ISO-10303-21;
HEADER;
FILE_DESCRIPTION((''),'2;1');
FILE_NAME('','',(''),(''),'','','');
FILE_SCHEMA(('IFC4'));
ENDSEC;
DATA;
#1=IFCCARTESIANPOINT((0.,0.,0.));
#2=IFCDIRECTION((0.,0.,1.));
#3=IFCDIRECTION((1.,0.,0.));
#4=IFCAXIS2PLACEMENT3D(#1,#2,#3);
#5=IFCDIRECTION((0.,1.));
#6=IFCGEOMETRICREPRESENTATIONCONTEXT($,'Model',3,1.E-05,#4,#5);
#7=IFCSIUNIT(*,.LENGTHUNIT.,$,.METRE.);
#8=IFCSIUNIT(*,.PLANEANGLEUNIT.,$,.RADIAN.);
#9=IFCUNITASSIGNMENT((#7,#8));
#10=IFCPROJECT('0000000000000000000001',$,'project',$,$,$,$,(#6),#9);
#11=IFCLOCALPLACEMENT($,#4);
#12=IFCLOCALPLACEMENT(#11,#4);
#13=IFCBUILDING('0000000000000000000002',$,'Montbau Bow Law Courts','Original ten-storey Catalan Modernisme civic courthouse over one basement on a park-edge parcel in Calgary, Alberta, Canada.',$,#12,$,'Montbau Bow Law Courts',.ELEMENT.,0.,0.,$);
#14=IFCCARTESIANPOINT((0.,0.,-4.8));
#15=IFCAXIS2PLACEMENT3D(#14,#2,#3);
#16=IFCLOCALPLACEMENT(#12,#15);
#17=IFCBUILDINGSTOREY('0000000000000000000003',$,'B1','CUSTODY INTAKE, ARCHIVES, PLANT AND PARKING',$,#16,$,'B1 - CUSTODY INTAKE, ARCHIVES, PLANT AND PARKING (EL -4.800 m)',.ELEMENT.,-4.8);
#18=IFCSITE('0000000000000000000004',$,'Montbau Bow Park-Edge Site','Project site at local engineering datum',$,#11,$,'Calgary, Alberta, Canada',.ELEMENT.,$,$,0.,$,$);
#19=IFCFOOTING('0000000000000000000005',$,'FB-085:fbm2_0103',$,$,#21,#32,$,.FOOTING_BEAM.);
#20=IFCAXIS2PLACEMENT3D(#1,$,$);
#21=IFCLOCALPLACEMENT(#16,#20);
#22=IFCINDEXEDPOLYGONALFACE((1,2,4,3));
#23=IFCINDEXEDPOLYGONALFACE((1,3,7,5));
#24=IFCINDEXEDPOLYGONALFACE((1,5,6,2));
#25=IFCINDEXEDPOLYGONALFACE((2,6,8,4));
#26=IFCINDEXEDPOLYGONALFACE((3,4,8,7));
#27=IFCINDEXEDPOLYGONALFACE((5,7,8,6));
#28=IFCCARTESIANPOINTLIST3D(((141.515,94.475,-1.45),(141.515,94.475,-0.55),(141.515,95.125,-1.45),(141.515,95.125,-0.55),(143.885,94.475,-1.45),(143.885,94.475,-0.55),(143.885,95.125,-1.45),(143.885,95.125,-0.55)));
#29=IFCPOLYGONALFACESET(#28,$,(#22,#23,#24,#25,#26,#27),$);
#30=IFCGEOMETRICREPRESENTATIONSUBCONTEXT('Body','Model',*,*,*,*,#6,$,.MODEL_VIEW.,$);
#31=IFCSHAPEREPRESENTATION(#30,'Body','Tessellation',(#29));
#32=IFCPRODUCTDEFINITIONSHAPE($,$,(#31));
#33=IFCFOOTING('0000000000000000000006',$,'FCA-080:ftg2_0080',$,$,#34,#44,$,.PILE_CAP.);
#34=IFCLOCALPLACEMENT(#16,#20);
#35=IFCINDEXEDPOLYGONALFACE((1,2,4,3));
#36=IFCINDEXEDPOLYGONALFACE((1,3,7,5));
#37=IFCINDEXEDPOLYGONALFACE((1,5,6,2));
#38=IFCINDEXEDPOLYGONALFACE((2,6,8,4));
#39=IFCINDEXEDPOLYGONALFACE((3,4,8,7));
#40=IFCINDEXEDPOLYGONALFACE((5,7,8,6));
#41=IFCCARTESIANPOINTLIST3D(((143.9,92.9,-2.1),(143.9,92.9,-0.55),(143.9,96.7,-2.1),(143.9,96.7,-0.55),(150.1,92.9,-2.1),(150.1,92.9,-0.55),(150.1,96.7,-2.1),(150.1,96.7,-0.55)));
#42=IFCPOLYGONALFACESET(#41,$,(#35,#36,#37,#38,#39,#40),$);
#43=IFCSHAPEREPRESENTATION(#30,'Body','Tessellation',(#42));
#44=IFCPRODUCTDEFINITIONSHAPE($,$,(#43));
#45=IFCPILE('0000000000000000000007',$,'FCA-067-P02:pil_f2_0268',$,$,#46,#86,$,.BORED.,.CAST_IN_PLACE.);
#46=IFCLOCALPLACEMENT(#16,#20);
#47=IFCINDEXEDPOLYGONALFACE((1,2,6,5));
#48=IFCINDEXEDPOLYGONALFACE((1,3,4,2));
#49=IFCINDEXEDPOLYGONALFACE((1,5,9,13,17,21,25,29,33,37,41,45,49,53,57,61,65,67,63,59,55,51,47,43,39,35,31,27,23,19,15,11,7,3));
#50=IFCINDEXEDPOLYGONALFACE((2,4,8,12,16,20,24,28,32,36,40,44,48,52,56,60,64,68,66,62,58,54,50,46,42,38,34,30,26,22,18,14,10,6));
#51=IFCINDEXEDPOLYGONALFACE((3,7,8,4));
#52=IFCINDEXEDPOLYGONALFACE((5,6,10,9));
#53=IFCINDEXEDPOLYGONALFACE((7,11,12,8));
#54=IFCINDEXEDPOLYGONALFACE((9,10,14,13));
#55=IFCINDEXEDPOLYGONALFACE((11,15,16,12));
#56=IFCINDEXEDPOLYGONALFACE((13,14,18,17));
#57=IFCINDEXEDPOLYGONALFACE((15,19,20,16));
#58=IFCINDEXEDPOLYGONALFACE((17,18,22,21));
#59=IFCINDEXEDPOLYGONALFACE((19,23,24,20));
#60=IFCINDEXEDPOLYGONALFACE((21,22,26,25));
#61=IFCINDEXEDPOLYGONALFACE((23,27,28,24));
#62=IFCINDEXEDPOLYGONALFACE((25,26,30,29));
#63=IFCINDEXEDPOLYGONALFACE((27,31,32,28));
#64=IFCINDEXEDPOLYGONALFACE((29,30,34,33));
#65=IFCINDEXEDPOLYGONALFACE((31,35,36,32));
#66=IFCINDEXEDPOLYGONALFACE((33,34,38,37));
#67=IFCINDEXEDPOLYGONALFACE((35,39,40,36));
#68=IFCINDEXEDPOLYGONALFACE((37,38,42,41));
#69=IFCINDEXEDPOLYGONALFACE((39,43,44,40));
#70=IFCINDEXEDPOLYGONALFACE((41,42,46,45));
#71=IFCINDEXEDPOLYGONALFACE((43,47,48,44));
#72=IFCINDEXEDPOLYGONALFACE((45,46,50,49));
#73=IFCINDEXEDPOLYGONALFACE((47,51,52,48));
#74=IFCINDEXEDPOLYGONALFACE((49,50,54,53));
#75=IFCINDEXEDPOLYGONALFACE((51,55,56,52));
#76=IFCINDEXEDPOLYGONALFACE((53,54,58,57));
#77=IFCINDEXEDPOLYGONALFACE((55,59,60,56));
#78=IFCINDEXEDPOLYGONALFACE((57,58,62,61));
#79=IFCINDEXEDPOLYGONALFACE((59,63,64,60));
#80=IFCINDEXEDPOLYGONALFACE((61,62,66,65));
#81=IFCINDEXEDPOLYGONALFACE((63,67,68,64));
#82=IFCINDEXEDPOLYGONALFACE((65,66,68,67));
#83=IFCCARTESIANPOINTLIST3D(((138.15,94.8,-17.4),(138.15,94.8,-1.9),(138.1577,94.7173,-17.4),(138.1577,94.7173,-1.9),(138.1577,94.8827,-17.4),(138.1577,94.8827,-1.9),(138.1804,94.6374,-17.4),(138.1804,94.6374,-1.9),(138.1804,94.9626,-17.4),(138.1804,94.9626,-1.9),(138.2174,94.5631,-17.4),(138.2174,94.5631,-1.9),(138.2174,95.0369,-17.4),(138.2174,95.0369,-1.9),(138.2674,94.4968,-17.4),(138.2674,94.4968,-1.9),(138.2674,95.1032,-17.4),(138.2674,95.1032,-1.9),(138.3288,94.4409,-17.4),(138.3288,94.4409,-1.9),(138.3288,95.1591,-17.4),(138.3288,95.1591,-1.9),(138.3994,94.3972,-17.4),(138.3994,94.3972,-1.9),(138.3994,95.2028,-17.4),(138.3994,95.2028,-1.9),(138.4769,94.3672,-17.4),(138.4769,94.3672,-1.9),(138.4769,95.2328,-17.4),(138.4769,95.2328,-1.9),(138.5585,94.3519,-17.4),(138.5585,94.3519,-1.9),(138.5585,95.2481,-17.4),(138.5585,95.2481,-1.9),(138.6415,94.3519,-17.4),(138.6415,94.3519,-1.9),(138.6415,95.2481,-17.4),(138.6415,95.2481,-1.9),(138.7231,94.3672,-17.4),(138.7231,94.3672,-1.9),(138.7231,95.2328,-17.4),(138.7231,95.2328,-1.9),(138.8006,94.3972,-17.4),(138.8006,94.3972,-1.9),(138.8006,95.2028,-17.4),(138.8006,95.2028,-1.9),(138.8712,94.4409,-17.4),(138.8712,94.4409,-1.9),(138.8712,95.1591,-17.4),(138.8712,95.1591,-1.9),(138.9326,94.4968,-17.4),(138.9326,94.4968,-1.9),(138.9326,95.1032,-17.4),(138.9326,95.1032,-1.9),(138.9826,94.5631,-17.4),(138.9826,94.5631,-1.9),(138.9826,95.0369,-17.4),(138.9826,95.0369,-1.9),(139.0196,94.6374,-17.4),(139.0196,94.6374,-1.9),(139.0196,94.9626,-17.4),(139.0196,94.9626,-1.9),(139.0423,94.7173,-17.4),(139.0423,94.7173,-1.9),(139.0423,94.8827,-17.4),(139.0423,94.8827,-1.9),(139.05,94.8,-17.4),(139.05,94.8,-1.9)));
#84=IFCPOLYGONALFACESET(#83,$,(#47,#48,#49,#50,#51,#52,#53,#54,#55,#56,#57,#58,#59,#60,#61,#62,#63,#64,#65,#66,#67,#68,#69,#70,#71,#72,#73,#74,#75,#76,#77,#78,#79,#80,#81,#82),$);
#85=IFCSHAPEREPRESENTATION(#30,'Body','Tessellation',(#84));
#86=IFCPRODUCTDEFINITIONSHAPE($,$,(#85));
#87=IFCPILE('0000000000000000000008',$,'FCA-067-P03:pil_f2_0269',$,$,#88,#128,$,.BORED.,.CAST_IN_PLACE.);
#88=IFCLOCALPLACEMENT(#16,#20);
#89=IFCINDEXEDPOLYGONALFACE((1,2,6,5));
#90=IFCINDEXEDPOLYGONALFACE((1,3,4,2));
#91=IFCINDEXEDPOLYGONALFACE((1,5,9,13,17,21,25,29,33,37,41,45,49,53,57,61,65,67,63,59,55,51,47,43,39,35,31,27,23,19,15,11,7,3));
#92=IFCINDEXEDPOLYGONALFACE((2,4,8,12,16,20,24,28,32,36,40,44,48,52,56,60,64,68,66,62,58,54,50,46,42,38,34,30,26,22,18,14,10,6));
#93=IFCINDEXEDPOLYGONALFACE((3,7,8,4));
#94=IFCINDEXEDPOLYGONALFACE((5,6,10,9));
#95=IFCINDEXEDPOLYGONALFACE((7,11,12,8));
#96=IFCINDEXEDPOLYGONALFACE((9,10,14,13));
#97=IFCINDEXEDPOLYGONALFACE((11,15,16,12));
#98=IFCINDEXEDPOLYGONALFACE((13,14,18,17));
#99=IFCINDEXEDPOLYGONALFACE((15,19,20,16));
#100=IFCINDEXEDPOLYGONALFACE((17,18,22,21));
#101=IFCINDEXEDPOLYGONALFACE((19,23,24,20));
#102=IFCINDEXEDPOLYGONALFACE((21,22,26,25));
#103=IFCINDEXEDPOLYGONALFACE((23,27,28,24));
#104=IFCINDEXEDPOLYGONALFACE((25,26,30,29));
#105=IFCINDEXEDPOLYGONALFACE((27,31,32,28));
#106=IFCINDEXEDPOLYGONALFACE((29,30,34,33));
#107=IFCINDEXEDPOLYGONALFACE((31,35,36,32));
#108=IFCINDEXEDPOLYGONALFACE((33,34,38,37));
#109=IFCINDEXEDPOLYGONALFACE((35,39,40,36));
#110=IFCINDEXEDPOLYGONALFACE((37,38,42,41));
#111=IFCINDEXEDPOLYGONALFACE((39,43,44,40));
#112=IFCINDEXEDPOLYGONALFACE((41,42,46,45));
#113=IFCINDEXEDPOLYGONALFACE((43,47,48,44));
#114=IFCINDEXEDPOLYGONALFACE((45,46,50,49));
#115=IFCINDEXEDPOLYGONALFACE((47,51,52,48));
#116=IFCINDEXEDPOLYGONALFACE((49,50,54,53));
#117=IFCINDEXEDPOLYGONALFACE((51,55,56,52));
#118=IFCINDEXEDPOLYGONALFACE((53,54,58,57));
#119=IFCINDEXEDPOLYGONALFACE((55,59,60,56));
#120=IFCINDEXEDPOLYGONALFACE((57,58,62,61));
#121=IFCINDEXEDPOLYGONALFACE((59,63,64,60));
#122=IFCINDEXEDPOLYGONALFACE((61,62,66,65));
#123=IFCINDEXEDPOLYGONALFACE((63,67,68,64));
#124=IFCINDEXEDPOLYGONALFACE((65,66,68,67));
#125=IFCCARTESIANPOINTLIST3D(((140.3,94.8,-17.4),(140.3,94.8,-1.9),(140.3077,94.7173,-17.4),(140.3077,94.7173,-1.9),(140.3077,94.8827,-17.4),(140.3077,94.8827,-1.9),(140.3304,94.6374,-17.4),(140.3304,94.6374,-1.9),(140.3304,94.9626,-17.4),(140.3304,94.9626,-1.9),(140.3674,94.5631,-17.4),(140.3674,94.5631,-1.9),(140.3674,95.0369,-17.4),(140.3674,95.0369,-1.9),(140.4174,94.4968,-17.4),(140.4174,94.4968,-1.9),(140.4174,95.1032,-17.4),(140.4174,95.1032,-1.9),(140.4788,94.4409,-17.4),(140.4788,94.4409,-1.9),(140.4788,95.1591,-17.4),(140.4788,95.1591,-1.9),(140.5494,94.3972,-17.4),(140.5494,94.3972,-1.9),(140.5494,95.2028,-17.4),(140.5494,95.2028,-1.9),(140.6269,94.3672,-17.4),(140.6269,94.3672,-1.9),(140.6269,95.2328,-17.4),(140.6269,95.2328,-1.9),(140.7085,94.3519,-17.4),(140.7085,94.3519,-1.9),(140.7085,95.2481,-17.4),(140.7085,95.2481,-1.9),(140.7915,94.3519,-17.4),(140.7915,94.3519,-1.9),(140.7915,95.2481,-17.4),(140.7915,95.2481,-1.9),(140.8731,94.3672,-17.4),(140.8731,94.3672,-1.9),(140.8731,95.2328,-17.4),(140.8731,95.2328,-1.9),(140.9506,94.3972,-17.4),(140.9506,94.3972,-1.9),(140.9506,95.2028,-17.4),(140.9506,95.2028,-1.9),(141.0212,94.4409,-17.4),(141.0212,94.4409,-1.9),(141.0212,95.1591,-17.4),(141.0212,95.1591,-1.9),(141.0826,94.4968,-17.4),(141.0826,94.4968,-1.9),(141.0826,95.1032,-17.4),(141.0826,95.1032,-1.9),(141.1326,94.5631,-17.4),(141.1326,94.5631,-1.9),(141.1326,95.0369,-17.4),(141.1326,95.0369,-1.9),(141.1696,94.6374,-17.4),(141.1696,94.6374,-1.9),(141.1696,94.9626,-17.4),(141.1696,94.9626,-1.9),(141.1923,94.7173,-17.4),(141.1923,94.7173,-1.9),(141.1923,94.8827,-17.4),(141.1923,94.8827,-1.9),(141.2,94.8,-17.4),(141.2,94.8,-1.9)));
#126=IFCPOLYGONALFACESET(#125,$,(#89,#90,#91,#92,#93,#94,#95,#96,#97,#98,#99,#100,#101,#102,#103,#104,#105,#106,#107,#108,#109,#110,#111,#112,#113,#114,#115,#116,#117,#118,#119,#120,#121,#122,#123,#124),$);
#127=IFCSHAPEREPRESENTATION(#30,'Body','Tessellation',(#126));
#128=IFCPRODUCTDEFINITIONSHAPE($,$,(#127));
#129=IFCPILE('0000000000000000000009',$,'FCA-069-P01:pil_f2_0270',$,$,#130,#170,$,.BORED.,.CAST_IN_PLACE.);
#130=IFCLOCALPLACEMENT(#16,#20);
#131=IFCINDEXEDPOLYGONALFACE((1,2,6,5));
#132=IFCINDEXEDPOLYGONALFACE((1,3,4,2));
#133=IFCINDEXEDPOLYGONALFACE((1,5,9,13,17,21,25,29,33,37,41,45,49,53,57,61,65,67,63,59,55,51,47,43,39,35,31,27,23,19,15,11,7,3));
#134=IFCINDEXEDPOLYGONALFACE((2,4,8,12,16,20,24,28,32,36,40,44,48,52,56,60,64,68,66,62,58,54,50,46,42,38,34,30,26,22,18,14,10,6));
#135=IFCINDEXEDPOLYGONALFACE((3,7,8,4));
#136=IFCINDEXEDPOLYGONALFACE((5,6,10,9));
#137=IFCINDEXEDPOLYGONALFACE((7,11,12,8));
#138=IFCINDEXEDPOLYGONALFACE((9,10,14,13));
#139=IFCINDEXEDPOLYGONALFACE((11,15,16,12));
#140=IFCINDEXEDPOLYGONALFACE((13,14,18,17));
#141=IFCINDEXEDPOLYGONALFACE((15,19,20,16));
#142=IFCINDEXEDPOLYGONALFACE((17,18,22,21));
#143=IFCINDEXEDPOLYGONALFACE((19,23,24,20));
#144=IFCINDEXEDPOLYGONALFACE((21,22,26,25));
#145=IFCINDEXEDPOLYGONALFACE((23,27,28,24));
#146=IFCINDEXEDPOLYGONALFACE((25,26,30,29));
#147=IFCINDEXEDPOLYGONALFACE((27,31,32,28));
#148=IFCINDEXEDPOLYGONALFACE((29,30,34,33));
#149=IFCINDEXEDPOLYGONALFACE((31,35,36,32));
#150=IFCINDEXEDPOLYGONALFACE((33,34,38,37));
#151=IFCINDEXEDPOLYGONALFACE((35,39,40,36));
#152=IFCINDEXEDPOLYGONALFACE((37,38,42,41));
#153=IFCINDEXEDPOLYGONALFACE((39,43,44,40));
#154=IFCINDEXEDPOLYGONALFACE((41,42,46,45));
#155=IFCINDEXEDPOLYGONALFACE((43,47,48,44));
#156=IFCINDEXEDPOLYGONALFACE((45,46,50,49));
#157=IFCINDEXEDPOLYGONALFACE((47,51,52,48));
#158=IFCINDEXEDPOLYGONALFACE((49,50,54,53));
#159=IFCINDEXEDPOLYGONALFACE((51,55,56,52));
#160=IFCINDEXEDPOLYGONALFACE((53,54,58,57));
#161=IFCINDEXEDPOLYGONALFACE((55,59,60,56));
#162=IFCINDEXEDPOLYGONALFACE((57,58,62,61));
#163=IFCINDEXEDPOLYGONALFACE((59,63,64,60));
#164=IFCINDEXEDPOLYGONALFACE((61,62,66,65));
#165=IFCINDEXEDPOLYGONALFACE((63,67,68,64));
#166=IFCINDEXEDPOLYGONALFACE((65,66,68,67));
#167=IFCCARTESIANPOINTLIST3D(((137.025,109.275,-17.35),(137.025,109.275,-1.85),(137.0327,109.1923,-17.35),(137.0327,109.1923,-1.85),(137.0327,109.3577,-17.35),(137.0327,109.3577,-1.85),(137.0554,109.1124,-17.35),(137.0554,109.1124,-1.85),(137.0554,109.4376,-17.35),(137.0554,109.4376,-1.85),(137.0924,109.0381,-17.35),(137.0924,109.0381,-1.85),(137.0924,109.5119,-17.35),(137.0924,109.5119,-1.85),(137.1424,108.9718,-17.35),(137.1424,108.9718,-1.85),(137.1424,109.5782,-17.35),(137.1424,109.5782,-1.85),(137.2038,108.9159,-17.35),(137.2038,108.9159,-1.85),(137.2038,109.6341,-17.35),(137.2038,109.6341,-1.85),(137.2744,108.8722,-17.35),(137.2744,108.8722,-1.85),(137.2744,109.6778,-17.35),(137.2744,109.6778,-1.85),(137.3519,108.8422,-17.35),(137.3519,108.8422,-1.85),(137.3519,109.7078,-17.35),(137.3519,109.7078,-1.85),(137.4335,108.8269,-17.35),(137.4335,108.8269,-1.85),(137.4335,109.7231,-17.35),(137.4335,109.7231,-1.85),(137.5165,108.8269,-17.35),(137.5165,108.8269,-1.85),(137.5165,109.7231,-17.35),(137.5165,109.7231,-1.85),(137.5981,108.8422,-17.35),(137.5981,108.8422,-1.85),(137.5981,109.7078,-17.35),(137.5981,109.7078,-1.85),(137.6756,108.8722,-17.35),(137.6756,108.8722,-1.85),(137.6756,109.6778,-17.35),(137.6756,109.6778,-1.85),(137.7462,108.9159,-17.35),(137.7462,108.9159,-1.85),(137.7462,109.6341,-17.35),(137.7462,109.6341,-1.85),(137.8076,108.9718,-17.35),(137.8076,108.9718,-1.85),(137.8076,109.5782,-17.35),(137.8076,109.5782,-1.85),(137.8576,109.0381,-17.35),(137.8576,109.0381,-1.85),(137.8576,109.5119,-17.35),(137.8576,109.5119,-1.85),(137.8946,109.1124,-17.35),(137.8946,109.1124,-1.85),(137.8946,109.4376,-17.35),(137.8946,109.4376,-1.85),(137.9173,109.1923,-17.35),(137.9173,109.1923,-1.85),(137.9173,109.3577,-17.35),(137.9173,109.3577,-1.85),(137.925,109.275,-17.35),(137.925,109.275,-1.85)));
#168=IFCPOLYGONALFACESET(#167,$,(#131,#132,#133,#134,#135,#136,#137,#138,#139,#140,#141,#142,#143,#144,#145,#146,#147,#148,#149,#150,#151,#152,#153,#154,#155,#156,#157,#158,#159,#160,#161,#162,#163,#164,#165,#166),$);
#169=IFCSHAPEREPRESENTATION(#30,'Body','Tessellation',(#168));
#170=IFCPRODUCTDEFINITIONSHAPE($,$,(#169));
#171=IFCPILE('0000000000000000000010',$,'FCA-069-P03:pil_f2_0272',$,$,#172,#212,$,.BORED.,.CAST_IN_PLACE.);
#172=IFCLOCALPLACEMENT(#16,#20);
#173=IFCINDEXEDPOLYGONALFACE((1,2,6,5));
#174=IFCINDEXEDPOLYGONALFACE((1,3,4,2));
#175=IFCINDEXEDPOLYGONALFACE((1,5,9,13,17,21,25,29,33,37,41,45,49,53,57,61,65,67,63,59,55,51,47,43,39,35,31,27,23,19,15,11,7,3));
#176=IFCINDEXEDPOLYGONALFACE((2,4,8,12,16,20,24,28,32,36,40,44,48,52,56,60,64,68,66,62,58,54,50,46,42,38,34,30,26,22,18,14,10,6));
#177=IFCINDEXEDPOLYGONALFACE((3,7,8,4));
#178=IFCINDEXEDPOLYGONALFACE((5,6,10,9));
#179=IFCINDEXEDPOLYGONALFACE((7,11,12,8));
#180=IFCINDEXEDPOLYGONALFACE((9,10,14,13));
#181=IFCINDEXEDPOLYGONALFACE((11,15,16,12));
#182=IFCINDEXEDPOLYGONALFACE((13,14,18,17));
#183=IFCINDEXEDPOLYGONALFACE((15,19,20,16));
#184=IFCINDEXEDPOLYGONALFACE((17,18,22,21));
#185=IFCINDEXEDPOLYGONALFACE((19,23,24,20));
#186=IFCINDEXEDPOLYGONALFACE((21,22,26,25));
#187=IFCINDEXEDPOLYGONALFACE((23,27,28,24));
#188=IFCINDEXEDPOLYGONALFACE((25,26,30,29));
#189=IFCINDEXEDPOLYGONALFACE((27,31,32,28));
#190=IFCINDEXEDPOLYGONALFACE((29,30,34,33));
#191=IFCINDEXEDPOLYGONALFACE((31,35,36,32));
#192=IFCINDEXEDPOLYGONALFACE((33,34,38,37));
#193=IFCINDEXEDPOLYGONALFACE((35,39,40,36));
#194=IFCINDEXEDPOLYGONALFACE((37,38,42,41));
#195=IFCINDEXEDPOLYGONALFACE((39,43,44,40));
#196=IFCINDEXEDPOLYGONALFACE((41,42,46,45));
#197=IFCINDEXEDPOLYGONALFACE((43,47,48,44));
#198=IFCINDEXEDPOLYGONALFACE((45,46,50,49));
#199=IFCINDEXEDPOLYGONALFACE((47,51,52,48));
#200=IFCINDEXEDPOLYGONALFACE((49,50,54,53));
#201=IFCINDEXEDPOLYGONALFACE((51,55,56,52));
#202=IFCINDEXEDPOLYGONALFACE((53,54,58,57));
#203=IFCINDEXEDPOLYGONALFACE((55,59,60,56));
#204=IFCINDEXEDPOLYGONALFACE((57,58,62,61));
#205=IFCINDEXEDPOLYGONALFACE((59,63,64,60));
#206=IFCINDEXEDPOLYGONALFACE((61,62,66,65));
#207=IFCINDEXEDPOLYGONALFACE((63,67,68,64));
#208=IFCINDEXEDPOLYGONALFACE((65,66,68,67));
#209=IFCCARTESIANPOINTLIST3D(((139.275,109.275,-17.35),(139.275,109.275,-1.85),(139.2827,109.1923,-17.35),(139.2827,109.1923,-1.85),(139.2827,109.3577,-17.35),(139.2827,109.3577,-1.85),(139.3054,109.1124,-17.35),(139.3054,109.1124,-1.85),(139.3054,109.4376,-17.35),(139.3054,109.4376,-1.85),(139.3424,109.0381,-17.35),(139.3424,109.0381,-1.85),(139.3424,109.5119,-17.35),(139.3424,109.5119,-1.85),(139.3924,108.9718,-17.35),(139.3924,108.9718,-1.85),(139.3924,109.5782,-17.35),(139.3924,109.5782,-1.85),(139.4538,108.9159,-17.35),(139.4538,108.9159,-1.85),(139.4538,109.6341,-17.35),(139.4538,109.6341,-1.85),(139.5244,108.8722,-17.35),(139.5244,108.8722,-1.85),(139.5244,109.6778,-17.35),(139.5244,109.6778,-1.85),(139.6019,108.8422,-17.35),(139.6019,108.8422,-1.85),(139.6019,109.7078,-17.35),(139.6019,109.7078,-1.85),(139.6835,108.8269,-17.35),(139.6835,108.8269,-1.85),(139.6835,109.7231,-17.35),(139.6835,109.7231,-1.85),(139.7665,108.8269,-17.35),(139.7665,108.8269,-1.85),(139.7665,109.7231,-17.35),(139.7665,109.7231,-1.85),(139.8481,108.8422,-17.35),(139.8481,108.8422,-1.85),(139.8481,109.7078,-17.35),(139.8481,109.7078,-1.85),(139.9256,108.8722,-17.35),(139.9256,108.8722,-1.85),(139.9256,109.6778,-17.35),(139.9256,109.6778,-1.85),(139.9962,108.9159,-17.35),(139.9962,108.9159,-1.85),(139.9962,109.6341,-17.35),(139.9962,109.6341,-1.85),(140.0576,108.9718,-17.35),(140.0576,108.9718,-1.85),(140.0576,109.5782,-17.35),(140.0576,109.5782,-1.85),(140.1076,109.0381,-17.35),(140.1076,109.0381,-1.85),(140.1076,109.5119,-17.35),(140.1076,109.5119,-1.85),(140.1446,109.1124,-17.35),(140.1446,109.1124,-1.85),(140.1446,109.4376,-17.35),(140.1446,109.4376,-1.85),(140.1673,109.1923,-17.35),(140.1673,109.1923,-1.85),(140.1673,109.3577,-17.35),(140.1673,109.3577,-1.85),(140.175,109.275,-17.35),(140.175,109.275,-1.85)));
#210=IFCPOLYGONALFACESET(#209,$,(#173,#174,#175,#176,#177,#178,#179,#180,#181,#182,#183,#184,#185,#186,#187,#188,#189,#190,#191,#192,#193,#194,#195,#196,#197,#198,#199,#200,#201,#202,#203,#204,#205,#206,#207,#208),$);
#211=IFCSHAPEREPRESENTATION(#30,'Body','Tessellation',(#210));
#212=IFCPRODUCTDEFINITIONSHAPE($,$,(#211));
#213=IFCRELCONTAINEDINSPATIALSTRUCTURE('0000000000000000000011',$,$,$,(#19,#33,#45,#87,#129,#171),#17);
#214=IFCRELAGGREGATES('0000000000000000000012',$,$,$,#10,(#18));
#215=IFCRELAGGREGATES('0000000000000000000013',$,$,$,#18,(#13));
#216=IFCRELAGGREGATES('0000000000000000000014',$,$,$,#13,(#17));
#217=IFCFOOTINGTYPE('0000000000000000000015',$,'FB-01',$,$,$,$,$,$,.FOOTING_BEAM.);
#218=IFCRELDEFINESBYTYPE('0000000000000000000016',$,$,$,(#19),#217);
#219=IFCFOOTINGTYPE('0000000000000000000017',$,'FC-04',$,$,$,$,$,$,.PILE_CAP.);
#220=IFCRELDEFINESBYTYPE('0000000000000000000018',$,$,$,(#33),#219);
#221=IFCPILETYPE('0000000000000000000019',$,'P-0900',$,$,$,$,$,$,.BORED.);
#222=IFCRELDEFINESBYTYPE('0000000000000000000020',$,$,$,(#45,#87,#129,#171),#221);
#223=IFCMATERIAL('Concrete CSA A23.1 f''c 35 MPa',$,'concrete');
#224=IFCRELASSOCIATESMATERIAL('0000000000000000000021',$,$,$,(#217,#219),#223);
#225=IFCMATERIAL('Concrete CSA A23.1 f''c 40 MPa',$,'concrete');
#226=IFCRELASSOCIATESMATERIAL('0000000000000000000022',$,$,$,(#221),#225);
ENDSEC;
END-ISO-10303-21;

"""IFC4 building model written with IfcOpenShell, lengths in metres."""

from ifc_helpers import new_model, si_unit, direction, frame, origin_with_axes, origin_2d_with_axis, place, context, subcontext, project, spatial, rectangle, circle, extrude, material, material_profile, profile_set, type_object, element, save


model = new_model("IFC4")

# Units and contexts
model_context = context("Model", 3, precision=1e-05, world=origin_with_axes(), true_north=direction((0.0, 1.0)))
body_context = subcontext(model_context, "Body", "Model", "MODEL_VIEW")
ifc_project = project(units=[si_unit("LENGTHUNIT", "METRE"), si_unit("PLANEANGLEUNIT", "RADIAN")], contexts=[model_context])

# Site, building, storey
site_placement = place(None, origin_with_axes())
site = spatial("IfcSite", under=ifc_project, at=site_placement, Name="Montbau Bow Park-Edge Site", Description="Project site at local engineering datum", LongName="Calgary, Alberta, Canada", CompositionType="ELEMENT", RefElevation=0.0)
building_placement = place(site_placement, origin_with_axes())
building = spatial("IfcBuilding", under=site, at=building_placement, Name="Montbau Bow Law Courts", Description="Original ten-storey Catalan Modernisme civic courthouse over one basement on a park-edge parcel in Calgary, Alberta, Canada.", LongName="Montbau Bow Law Courts", CompositionType="ELEMENT", ElevationOfRefHeight=0.0, ElevationOfTerrain=0.0)
storey_placement = place(building_placement, frame((0.0, 0.0, -4.8), z_axis=(0.0, 0.0, 1.0), x_axis=(1.0, 0.0, 0.0)))
storey = spatial("IfcBuildingStorey", under=building, at=storey_placement, Name="B1", Description="CUSTODY INTAKE, ARCHIVES, PLANT AND PARKING", LongName="B1 - CUSTODY INTAKE, ARCHIVES, PLANT AND PARKING (EL -4.800 m)", CompositionType="ELEMENT", Elevation=-4.8)

# Footings
ifc_material_1 = material(Name="Concrete CSA A23.1 f'c 35 MPa", Category="concrete")
footing_type_1 = type_object("IfcFootingType", Name="FB-01", PredefinedType="FOOTING_BEAM", material=ifc_material_1)
footing_1_placement = place(None, frame((142.7, 94.8, -6.25), z_axis=(0.0, 0.0, 1.0), x_axis=(1.0, 0.0, 0.0)))
element("IfcFooting", 1, at=footing_1_placement, inside=storey, type_object=footing_type_1, Name="FB-085:fbm2_0103", PredefinedType="FOOTING_BEAM", context=body_context, shape_type="SweptSolid", body=[
    extrude(rectangle(XDim=2.37, YDim=0.65, at=origin_2d_with_axis()), origin_with_axes(), (0.0, 0.0, 1.0), 0.9),
])
footing_type_2 = type_object("IfcFootingType", Name="FC-04", PredefinedType="PILE_CAP", material=ifc_material_1)
footing_2_placement = place(None, frame((147.0, 94.8, -6.9), z_axis=(0.0, 0.0, 1.0), x_axis=(1.0, 0.0, 0.0)))
element("IfcFooting", 2, at=footing_2_placement, inside=storey, type_object=footing_type_2, Name="FCA-080:ftg2_0080", PredefinedType="PILE_CAP", context=body_context, shape_type="SweptSolid", body=[
    extrude(rectangle(XDim=6.2, YDim=3.8, at=origin_2d_with_axis()), origin_with_axes(), (0.0, 0.0, 1.0), 1.55),
])

# Piles
ifc_material_2 = material(Name="Concrete CSA A23.1 f'c 40 MPa", Category="concrete")
ifc_material_profile_1 = material_profile(ifc_material_2, circle(Radius=0.45, at=origin_2d_with_axis()), Name="BP900", Category="Main", Priority=0)
ifc_profile_set_1 = profile_set([ifc_material_profile_1], Name="Concrete CSA A23.1 f'c 40 MPa")
pile_type_1 = type_object("IfcPileType", Name="P-0900", PredefinedType="BORED", material=ifc_profile_set_1)
for number, where, z_axis, x_axis, name in (
    (3, (138.6, 94.8, -22.2), (0.0, 0.0, 1.0), (1.0, 0.0, 0.0), "FCA-067-P02:pil_f2_0268"),
    (4, (140.75, 94.8, -22.2), (0.0, 0.0, 1.0), (1.0, 0.0, 0.0), "FCA-067-P03:pil_f2_0269"),
    (5, (137.475, 109.275, -22.15), (0.0, 0.0, 1.0), (1.0, 0.0, 0.0), "FCA-069-P01:pil_f2_0270"),
    (6, (139.725, 109.275, -22.15), (0.0, 0.0, 1.0), (1.0, 0.0, 0.0), "FCA-069-P03:pil_f2_0272"),
):
    element("IfcPile", number, at=place(None, frame(where, z_axis=z_axis, x_axis=x_axis)), inside=storey, type_object=pile_type_1, Name=name, ConstructionType="CAST_IN_PLACE", PredefinedType="BORED", context=body_context, shape_type="SweptSolid", body=[
        extrude(circle(Radius=0.45, at=origin_2d_with_axis()), origin_with_axes(), (0.0, 0.0, 1.0), 15.5),
    ])

save(model, "model.ifc")
